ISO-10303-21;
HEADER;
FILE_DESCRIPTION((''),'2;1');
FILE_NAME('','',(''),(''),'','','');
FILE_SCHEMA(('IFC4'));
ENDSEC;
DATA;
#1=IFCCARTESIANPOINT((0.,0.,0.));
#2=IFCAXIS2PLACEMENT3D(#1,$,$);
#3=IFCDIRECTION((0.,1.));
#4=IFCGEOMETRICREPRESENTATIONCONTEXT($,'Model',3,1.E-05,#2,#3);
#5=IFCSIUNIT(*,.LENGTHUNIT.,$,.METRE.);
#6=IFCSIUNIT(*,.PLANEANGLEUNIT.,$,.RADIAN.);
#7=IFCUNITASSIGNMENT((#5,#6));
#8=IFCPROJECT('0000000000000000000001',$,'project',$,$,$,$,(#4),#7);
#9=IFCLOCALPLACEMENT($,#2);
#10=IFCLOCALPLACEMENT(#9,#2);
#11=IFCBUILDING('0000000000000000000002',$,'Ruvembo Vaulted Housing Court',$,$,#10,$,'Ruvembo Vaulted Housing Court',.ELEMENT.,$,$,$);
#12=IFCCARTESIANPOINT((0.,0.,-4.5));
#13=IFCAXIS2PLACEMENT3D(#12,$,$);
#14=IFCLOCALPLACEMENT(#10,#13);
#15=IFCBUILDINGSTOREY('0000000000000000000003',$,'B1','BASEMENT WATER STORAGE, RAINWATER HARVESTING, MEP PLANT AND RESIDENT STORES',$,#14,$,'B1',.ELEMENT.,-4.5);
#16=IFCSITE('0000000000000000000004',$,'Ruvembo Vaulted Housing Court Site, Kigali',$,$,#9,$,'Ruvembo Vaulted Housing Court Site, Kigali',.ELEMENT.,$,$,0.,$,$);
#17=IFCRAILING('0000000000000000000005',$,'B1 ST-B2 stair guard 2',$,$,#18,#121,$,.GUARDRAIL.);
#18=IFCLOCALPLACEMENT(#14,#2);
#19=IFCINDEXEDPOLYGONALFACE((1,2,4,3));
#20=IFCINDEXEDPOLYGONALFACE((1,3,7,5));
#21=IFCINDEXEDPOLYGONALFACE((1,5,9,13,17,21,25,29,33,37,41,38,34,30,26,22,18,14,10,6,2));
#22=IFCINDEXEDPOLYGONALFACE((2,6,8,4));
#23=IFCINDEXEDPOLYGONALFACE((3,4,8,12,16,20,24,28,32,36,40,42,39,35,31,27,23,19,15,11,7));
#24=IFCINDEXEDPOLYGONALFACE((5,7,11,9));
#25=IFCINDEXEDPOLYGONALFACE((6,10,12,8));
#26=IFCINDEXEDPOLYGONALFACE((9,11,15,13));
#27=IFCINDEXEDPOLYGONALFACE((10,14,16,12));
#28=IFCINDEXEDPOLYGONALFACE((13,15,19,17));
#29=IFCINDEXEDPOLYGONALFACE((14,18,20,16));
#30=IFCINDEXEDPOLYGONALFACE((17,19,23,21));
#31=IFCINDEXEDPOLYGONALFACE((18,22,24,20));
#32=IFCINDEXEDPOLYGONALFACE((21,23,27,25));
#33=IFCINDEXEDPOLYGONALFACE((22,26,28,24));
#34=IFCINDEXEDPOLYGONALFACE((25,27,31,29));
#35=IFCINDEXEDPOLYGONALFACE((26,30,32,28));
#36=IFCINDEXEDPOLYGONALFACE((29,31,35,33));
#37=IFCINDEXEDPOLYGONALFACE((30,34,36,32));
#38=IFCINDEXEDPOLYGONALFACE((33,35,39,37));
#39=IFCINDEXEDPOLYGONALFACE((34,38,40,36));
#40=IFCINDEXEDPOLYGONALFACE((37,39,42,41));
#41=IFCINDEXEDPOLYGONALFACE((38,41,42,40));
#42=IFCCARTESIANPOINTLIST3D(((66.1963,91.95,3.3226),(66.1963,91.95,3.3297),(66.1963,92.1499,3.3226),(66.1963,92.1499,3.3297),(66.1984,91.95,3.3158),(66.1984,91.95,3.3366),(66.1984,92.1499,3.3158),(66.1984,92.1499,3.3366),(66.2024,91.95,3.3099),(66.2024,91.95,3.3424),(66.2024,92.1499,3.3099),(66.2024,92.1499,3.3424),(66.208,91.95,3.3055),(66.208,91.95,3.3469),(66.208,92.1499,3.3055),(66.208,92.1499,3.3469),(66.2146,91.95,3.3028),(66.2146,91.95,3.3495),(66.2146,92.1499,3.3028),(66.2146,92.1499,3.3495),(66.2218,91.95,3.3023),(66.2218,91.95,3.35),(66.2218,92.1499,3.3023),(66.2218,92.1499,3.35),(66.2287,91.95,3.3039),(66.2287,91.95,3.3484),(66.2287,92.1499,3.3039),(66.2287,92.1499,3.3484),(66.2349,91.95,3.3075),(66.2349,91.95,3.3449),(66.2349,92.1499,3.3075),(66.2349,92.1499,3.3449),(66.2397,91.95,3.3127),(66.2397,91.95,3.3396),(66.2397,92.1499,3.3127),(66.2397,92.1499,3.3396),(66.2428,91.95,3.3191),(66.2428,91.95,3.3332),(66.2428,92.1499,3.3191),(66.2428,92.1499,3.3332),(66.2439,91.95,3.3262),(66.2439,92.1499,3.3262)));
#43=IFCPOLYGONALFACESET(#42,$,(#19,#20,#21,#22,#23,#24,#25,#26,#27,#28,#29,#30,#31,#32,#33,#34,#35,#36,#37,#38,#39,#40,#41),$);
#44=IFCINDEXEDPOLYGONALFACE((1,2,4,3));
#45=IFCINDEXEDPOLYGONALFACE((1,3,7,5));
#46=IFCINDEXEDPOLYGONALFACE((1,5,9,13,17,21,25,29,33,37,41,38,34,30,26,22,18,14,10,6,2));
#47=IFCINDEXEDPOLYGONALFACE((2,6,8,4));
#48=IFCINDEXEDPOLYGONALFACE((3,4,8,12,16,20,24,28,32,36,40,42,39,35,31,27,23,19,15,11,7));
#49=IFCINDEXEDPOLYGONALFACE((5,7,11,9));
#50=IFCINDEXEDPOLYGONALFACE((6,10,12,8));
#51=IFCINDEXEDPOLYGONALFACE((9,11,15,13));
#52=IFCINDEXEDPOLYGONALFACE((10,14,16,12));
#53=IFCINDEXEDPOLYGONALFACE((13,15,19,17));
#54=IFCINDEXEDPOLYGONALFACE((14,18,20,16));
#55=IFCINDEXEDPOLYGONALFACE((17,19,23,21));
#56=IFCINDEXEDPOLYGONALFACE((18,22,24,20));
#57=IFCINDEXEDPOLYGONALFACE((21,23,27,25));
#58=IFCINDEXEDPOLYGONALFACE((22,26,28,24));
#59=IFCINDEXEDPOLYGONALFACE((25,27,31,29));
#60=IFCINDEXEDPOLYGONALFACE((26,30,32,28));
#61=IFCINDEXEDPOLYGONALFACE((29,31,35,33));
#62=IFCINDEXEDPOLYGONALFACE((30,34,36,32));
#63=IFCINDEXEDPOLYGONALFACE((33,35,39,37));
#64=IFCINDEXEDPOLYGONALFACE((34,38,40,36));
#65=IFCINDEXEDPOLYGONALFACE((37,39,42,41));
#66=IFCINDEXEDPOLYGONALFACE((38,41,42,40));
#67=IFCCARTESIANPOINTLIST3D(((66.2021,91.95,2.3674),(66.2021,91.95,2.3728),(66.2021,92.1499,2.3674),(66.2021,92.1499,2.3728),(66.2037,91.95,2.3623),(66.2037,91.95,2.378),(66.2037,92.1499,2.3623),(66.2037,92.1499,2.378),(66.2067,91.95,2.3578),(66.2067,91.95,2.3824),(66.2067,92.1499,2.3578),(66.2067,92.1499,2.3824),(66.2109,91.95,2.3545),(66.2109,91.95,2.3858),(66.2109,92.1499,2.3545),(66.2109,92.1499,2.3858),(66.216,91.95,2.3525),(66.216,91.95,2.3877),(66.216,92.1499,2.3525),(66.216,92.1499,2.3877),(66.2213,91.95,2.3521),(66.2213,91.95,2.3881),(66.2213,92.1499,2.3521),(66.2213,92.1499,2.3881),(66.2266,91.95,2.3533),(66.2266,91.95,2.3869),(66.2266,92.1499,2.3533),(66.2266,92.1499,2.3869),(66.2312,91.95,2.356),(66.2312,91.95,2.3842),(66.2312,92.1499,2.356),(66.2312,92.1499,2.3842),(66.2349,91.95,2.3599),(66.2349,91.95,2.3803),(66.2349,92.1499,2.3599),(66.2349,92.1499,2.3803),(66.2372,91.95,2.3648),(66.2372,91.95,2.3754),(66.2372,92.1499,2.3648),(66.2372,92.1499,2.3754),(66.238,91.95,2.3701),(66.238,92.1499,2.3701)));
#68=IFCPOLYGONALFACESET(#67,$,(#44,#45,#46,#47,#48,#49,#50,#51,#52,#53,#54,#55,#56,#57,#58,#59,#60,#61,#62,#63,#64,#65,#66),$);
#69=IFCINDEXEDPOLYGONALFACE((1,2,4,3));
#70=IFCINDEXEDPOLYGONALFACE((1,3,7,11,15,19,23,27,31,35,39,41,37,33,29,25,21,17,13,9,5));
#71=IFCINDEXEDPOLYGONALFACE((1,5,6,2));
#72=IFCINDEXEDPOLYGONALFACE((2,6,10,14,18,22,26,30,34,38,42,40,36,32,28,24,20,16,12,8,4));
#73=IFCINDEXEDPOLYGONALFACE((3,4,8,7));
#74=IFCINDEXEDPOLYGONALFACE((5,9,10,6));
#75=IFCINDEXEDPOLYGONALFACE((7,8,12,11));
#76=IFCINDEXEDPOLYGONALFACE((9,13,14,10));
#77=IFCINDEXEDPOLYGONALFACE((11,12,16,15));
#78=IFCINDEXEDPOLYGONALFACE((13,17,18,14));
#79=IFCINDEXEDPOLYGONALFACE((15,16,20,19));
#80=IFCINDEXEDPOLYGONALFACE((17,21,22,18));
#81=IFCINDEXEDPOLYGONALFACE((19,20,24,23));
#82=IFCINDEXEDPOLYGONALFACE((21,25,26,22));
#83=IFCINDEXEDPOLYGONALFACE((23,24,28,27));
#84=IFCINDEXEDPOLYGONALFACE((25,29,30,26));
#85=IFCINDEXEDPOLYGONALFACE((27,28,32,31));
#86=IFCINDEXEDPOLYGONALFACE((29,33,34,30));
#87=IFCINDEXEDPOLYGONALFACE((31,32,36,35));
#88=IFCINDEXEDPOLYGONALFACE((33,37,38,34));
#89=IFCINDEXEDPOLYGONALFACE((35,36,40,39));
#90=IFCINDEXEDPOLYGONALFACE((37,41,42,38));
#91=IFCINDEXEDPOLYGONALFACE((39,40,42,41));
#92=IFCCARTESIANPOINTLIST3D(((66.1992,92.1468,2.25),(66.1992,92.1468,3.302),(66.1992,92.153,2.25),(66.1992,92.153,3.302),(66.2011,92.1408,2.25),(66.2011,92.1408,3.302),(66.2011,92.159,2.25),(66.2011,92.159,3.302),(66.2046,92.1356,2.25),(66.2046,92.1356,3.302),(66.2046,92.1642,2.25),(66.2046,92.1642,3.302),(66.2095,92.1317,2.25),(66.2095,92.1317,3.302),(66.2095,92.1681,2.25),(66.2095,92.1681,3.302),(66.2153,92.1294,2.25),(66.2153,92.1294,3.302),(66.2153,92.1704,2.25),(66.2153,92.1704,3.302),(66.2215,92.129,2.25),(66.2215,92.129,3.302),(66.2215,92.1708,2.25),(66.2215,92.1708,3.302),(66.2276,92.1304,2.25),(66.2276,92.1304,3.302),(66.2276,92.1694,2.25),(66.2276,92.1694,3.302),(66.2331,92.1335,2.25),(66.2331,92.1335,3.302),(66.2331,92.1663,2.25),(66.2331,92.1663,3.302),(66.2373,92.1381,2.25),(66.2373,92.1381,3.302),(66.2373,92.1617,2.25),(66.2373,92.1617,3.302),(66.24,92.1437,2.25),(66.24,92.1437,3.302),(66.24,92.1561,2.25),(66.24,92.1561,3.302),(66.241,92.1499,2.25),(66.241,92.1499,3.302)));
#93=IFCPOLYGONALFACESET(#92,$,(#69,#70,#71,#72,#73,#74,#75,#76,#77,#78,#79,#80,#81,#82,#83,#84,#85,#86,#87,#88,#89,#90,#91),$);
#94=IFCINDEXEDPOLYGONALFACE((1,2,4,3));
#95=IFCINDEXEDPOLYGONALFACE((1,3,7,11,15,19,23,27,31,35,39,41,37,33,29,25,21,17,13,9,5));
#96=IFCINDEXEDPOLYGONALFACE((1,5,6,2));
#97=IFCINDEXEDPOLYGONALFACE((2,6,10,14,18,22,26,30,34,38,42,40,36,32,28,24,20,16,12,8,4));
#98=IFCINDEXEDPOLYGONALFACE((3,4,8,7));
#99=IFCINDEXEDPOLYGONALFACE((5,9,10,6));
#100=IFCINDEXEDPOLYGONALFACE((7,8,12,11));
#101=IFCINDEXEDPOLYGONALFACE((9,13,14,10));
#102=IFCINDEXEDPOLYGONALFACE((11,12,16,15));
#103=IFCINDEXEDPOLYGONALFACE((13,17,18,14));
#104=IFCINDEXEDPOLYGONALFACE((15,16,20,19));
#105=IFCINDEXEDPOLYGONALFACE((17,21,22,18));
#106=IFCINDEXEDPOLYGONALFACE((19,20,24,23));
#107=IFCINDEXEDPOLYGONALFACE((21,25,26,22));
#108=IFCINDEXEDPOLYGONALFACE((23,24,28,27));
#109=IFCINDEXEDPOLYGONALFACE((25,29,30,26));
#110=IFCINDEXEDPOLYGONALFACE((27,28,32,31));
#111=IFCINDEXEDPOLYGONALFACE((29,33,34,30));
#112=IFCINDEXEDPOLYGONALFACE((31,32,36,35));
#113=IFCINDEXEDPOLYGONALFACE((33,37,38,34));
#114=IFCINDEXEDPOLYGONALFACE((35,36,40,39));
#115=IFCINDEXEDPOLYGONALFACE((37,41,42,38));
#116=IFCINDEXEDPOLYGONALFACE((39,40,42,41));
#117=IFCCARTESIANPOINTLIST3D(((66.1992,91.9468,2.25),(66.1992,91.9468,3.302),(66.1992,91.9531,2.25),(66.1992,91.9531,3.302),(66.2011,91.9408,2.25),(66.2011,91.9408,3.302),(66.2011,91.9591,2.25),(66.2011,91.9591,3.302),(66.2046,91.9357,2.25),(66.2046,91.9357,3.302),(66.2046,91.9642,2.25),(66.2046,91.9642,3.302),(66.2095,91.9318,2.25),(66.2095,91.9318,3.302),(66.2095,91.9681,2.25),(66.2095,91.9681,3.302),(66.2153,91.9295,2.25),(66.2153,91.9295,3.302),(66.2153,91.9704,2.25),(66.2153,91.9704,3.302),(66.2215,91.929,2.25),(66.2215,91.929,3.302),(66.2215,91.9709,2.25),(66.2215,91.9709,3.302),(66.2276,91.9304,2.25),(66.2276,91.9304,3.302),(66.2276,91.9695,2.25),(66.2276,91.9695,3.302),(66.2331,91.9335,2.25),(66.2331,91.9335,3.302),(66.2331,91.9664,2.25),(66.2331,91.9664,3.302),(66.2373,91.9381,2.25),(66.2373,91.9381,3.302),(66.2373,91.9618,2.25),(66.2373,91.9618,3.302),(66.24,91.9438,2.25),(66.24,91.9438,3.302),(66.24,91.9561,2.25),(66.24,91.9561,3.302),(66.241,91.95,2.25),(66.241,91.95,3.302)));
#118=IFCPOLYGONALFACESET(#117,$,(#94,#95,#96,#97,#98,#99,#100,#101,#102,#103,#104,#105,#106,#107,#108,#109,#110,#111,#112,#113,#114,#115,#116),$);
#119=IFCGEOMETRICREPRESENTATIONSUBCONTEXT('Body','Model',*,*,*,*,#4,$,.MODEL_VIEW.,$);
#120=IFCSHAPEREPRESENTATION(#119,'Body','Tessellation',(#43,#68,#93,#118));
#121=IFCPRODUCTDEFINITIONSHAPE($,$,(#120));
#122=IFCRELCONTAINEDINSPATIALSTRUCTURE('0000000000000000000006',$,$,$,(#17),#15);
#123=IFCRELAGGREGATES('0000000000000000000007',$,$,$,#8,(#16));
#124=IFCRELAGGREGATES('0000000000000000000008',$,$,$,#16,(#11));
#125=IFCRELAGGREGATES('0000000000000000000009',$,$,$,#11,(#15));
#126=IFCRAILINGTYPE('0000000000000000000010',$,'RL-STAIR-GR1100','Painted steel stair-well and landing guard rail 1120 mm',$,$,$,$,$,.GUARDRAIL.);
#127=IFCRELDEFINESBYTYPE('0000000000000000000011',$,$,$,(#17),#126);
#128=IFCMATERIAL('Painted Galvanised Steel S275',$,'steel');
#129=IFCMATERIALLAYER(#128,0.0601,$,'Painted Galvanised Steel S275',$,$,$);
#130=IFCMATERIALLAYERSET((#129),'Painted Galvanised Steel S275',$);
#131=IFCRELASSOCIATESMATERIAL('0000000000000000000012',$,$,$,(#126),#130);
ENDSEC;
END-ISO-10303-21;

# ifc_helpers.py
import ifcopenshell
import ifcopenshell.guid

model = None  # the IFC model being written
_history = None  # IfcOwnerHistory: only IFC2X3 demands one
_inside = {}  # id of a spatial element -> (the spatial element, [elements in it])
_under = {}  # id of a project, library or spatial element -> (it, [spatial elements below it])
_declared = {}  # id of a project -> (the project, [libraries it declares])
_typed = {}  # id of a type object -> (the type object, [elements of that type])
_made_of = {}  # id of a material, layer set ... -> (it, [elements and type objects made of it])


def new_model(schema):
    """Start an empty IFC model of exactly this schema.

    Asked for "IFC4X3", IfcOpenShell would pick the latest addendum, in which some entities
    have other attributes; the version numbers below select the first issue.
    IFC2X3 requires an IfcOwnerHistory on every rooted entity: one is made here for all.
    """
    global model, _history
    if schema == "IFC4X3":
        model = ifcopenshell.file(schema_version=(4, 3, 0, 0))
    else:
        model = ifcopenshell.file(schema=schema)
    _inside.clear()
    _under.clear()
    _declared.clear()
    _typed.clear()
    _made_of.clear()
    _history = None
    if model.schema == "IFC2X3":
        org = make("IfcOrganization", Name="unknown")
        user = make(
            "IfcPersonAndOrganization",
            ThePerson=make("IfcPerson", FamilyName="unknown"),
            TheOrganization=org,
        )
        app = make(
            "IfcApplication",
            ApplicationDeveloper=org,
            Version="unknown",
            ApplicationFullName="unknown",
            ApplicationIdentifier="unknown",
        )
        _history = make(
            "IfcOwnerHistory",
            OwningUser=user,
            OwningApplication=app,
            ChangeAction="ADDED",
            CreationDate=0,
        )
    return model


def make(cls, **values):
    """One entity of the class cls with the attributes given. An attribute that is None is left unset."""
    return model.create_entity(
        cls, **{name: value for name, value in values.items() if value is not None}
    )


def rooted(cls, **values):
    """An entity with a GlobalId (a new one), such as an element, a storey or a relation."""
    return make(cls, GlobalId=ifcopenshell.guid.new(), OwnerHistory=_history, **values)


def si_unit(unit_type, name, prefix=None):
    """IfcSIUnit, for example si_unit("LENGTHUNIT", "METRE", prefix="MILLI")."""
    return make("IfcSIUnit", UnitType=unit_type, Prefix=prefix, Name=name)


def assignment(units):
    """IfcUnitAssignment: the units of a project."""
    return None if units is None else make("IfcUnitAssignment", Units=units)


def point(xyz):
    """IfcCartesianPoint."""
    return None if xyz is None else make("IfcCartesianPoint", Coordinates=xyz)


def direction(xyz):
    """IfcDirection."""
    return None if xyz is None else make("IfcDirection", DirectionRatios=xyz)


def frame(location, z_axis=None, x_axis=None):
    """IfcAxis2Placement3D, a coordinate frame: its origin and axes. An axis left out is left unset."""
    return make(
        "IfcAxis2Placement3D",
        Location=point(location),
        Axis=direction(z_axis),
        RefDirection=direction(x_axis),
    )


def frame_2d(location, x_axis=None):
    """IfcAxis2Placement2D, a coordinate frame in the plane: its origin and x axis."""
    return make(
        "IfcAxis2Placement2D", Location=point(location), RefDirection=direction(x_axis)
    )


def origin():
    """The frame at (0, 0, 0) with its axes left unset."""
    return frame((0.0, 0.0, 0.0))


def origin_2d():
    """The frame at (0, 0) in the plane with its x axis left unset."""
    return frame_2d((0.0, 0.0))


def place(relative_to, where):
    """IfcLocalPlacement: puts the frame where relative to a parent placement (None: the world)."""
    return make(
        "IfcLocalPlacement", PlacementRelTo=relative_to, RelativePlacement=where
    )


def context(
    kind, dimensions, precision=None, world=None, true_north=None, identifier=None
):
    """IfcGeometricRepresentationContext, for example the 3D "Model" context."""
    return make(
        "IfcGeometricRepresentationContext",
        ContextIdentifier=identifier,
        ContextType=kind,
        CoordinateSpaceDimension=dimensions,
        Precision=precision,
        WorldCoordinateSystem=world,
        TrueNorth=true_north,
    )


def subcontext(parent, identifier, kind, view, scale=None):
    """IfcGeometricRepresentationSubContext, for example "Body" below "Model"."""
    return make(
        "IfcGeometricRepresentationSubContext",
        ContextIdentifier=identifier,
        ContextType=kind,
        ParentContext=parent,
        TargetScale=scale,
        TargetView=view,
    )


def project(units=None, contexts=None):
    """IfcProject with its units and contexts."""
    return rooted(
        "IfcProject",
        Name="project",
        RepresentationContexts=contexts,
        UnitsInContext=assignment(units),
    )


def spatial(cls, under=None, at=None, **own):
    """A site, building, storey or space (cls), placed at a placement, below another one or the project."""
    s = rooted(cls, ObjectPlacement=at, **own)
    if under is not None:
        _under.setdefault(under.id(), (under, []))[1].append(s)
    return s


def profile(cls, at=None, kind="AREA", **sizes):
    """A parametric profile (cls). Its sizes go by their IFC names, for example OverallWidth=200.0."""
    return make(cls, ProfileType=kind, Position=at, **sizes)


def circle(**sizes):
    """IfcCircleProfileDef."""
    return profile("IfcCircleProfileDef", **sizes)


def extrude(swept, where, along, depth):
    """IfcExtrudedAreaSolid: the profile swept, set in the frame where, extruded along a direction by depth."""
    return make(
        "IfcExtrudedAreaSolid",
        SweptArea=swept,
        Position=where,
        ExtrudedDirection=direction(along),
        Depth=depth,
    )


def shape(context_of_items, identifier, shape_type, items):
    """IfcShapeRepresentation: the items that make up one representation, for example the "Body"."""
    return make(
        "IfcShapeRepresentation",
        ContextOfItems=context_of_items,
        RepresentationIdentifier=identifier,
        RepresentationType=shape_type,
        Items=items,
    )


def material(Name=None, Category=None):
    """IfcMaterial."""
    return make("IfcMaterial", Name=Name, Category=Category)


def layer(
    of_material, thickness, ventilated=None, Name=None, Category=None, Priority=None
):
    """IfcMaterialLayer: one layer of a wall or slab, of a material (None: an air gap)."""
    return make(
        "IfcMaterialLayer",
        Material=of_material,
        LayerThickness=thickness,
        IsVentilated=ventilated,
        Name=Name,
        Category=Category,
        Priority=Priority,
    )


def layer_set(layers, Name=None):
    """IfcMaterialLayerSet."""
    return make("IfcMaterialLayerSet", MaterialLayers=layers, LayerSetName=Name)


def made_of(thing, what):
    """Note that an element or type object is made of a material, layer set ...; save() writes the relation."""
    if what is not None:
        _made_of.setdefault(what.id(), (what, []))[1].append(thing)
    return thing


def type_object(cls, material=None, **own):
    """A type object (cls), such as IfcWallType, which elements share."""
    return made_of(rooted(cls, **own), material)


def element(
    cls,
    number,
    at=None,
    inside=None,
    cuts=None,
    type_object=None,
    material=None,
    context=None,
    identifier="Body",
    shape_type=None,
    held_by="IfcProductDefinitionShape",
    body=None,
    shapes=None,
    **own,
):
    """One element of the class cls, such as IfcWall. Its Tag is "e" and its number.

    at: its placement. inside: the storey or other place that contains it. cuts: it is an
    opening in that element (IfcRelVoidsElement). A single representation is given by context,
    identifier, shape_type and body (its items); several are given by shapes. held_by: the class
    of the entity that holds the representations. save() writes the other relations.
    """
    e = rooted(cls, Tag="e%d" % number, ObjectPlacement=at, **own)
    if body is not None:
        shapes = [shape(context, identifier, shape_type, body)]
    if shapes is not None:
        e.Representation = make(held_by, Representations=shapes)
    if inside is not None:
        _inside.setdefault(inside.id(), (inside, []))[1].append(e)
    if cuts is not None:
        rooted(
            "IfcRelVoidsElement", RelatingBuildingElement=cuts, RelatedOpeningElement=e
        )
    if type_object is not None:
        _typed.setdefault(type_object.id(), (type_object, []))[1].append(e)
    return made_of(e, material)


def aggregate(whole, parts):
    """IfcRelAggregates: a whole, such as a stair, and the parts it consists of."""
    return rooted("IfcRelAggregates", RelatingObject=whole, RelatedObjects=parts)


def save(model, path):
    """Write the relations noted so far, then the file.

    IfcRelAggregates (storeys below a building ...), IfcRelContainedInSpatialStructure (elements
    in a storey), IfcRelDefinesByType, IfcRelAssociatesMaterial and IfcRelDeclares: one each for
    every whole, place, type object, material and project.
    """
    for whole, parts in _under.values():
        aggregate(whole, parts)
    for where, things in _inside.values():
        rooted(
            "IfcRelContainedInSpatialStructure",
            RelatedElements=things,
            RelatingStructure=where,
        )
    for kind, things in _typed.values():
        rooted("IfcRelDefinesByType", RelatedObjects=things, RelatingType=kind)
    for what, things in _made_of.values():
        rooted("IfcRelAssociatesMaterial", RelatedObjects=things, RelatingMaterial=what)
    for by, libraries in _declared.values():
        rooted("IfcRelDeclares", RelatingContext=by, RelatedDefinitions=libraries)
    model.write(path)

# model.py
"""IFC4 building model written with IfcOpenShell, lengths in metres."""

from ifc_helpers import new_model, si_unit, direction, frame, origin, origin_2d, place, context, subcontext, project, spatial, circle, extrude, material, layer, layer_set, type_object, element, save


model = new_model("IFC4")

# Units and contexts
model_context = context("Model", 3, precision=1e-05, world=origin(), true_north=direction((0.0, 1.0)))
body_context = subcontext(model_context, "Body", "Model", "MODEL_VIEW")
ifc_project = project(units=[si_unit("LENGTHUNIT", "METRE"), si_unit("PLANEANGLEUNIT", "RADIAN")], contexts=[model_context])

# Site, building, storey
site_placement = place(None, origin())
site = spatial("IfcSite", under=ifc_project, at=site_placement, Name="Ruvembo Vaulted Housing Court Site, Kigali", LongName="Ruvembo Vaulted Housing Court Site, Kigali", CompositionType="ELEMENT", RefElevation=0.0)
building_placement = place(site_placement, origin())
building = spatial("IfcBuilding", under=site, at=building_placement, Name="Ruvembo Vaulted Housing Court", LongName="Ruvembo Vaulted Housing Court", CompositionType="ELEMENT")
storey_placement = place(building_placement, frame((0.0, 0.0, -4.5)))
storey = spatial("IfcBuildingStorey", under=building, at=storey_placement, Name="B1", Description="BASEMENT WATER STORAGE, RAINWATER HARVESTING, MEP PLANT AND RESIDENT STORES", LongName="B1", CompositionType="ELEMENT", Elevation=-4.5)

# Railing
ifc_material_1 = material(Name="Painted Galvanised Steel S275", Category="steel")
ifc_layer_1 = layer(ifc_material_1, 0.0601, Name="Painted Galvanised Steel S275")
ifc_layer_set_1 = layer_set([ifc_layer_1], Name="Painted Galvanised Steel S275")
railing_type_1 = type_object("IfcRailingType", Name="RL-STAIR-GR1100", Description="Painted steel stair-well and landing guard rail 1120 mm", PredefinedType="GUARDRAIL", material=ifc_layer_set_1)
railing_1_placement = place(storey_placement, frame((66.22, 92.1499, 2.25)))
element("IfcRailing", 1, at=railing_1_placement, inside=storey, type_object=railing_type_1, Name="B1 ST-B2 stair guard 2", PredefinedType="GUARDRAIL", context=body_context, shape_type="SweptSolid", body=[
    extrude(circle(Radius=0.0239, at=origin_2d()), frame((0.0, 0.0, 1.0762), z_axis=(0.0, -1.0, 0.0), x_axis=(1.0, 0.0, 0.0)), (0.0, 0.0, 1.0), 0.2),
    extrude(circle(Radius=0.0181, at=origin_2d()), frame((0.0, 0.0, 0.1201), z_axis=(0.0, -1.0, 0.0), x_axis=(1.0, 0.0, 0.0)), (0.0, 0.0, 1.0), 0.2),
    extrude(circle(Radius=0.021, at=origin_2d()), origin(), (0.0, 0.0, 1.0), 1.052),
    extrude(circle(Radius=0.021, at=origin_2d()), frame((0.0, -0.2, 0.0)), (0.0, 0.0, 1.0), 1.052),
])

save(model, "model.ifc")
